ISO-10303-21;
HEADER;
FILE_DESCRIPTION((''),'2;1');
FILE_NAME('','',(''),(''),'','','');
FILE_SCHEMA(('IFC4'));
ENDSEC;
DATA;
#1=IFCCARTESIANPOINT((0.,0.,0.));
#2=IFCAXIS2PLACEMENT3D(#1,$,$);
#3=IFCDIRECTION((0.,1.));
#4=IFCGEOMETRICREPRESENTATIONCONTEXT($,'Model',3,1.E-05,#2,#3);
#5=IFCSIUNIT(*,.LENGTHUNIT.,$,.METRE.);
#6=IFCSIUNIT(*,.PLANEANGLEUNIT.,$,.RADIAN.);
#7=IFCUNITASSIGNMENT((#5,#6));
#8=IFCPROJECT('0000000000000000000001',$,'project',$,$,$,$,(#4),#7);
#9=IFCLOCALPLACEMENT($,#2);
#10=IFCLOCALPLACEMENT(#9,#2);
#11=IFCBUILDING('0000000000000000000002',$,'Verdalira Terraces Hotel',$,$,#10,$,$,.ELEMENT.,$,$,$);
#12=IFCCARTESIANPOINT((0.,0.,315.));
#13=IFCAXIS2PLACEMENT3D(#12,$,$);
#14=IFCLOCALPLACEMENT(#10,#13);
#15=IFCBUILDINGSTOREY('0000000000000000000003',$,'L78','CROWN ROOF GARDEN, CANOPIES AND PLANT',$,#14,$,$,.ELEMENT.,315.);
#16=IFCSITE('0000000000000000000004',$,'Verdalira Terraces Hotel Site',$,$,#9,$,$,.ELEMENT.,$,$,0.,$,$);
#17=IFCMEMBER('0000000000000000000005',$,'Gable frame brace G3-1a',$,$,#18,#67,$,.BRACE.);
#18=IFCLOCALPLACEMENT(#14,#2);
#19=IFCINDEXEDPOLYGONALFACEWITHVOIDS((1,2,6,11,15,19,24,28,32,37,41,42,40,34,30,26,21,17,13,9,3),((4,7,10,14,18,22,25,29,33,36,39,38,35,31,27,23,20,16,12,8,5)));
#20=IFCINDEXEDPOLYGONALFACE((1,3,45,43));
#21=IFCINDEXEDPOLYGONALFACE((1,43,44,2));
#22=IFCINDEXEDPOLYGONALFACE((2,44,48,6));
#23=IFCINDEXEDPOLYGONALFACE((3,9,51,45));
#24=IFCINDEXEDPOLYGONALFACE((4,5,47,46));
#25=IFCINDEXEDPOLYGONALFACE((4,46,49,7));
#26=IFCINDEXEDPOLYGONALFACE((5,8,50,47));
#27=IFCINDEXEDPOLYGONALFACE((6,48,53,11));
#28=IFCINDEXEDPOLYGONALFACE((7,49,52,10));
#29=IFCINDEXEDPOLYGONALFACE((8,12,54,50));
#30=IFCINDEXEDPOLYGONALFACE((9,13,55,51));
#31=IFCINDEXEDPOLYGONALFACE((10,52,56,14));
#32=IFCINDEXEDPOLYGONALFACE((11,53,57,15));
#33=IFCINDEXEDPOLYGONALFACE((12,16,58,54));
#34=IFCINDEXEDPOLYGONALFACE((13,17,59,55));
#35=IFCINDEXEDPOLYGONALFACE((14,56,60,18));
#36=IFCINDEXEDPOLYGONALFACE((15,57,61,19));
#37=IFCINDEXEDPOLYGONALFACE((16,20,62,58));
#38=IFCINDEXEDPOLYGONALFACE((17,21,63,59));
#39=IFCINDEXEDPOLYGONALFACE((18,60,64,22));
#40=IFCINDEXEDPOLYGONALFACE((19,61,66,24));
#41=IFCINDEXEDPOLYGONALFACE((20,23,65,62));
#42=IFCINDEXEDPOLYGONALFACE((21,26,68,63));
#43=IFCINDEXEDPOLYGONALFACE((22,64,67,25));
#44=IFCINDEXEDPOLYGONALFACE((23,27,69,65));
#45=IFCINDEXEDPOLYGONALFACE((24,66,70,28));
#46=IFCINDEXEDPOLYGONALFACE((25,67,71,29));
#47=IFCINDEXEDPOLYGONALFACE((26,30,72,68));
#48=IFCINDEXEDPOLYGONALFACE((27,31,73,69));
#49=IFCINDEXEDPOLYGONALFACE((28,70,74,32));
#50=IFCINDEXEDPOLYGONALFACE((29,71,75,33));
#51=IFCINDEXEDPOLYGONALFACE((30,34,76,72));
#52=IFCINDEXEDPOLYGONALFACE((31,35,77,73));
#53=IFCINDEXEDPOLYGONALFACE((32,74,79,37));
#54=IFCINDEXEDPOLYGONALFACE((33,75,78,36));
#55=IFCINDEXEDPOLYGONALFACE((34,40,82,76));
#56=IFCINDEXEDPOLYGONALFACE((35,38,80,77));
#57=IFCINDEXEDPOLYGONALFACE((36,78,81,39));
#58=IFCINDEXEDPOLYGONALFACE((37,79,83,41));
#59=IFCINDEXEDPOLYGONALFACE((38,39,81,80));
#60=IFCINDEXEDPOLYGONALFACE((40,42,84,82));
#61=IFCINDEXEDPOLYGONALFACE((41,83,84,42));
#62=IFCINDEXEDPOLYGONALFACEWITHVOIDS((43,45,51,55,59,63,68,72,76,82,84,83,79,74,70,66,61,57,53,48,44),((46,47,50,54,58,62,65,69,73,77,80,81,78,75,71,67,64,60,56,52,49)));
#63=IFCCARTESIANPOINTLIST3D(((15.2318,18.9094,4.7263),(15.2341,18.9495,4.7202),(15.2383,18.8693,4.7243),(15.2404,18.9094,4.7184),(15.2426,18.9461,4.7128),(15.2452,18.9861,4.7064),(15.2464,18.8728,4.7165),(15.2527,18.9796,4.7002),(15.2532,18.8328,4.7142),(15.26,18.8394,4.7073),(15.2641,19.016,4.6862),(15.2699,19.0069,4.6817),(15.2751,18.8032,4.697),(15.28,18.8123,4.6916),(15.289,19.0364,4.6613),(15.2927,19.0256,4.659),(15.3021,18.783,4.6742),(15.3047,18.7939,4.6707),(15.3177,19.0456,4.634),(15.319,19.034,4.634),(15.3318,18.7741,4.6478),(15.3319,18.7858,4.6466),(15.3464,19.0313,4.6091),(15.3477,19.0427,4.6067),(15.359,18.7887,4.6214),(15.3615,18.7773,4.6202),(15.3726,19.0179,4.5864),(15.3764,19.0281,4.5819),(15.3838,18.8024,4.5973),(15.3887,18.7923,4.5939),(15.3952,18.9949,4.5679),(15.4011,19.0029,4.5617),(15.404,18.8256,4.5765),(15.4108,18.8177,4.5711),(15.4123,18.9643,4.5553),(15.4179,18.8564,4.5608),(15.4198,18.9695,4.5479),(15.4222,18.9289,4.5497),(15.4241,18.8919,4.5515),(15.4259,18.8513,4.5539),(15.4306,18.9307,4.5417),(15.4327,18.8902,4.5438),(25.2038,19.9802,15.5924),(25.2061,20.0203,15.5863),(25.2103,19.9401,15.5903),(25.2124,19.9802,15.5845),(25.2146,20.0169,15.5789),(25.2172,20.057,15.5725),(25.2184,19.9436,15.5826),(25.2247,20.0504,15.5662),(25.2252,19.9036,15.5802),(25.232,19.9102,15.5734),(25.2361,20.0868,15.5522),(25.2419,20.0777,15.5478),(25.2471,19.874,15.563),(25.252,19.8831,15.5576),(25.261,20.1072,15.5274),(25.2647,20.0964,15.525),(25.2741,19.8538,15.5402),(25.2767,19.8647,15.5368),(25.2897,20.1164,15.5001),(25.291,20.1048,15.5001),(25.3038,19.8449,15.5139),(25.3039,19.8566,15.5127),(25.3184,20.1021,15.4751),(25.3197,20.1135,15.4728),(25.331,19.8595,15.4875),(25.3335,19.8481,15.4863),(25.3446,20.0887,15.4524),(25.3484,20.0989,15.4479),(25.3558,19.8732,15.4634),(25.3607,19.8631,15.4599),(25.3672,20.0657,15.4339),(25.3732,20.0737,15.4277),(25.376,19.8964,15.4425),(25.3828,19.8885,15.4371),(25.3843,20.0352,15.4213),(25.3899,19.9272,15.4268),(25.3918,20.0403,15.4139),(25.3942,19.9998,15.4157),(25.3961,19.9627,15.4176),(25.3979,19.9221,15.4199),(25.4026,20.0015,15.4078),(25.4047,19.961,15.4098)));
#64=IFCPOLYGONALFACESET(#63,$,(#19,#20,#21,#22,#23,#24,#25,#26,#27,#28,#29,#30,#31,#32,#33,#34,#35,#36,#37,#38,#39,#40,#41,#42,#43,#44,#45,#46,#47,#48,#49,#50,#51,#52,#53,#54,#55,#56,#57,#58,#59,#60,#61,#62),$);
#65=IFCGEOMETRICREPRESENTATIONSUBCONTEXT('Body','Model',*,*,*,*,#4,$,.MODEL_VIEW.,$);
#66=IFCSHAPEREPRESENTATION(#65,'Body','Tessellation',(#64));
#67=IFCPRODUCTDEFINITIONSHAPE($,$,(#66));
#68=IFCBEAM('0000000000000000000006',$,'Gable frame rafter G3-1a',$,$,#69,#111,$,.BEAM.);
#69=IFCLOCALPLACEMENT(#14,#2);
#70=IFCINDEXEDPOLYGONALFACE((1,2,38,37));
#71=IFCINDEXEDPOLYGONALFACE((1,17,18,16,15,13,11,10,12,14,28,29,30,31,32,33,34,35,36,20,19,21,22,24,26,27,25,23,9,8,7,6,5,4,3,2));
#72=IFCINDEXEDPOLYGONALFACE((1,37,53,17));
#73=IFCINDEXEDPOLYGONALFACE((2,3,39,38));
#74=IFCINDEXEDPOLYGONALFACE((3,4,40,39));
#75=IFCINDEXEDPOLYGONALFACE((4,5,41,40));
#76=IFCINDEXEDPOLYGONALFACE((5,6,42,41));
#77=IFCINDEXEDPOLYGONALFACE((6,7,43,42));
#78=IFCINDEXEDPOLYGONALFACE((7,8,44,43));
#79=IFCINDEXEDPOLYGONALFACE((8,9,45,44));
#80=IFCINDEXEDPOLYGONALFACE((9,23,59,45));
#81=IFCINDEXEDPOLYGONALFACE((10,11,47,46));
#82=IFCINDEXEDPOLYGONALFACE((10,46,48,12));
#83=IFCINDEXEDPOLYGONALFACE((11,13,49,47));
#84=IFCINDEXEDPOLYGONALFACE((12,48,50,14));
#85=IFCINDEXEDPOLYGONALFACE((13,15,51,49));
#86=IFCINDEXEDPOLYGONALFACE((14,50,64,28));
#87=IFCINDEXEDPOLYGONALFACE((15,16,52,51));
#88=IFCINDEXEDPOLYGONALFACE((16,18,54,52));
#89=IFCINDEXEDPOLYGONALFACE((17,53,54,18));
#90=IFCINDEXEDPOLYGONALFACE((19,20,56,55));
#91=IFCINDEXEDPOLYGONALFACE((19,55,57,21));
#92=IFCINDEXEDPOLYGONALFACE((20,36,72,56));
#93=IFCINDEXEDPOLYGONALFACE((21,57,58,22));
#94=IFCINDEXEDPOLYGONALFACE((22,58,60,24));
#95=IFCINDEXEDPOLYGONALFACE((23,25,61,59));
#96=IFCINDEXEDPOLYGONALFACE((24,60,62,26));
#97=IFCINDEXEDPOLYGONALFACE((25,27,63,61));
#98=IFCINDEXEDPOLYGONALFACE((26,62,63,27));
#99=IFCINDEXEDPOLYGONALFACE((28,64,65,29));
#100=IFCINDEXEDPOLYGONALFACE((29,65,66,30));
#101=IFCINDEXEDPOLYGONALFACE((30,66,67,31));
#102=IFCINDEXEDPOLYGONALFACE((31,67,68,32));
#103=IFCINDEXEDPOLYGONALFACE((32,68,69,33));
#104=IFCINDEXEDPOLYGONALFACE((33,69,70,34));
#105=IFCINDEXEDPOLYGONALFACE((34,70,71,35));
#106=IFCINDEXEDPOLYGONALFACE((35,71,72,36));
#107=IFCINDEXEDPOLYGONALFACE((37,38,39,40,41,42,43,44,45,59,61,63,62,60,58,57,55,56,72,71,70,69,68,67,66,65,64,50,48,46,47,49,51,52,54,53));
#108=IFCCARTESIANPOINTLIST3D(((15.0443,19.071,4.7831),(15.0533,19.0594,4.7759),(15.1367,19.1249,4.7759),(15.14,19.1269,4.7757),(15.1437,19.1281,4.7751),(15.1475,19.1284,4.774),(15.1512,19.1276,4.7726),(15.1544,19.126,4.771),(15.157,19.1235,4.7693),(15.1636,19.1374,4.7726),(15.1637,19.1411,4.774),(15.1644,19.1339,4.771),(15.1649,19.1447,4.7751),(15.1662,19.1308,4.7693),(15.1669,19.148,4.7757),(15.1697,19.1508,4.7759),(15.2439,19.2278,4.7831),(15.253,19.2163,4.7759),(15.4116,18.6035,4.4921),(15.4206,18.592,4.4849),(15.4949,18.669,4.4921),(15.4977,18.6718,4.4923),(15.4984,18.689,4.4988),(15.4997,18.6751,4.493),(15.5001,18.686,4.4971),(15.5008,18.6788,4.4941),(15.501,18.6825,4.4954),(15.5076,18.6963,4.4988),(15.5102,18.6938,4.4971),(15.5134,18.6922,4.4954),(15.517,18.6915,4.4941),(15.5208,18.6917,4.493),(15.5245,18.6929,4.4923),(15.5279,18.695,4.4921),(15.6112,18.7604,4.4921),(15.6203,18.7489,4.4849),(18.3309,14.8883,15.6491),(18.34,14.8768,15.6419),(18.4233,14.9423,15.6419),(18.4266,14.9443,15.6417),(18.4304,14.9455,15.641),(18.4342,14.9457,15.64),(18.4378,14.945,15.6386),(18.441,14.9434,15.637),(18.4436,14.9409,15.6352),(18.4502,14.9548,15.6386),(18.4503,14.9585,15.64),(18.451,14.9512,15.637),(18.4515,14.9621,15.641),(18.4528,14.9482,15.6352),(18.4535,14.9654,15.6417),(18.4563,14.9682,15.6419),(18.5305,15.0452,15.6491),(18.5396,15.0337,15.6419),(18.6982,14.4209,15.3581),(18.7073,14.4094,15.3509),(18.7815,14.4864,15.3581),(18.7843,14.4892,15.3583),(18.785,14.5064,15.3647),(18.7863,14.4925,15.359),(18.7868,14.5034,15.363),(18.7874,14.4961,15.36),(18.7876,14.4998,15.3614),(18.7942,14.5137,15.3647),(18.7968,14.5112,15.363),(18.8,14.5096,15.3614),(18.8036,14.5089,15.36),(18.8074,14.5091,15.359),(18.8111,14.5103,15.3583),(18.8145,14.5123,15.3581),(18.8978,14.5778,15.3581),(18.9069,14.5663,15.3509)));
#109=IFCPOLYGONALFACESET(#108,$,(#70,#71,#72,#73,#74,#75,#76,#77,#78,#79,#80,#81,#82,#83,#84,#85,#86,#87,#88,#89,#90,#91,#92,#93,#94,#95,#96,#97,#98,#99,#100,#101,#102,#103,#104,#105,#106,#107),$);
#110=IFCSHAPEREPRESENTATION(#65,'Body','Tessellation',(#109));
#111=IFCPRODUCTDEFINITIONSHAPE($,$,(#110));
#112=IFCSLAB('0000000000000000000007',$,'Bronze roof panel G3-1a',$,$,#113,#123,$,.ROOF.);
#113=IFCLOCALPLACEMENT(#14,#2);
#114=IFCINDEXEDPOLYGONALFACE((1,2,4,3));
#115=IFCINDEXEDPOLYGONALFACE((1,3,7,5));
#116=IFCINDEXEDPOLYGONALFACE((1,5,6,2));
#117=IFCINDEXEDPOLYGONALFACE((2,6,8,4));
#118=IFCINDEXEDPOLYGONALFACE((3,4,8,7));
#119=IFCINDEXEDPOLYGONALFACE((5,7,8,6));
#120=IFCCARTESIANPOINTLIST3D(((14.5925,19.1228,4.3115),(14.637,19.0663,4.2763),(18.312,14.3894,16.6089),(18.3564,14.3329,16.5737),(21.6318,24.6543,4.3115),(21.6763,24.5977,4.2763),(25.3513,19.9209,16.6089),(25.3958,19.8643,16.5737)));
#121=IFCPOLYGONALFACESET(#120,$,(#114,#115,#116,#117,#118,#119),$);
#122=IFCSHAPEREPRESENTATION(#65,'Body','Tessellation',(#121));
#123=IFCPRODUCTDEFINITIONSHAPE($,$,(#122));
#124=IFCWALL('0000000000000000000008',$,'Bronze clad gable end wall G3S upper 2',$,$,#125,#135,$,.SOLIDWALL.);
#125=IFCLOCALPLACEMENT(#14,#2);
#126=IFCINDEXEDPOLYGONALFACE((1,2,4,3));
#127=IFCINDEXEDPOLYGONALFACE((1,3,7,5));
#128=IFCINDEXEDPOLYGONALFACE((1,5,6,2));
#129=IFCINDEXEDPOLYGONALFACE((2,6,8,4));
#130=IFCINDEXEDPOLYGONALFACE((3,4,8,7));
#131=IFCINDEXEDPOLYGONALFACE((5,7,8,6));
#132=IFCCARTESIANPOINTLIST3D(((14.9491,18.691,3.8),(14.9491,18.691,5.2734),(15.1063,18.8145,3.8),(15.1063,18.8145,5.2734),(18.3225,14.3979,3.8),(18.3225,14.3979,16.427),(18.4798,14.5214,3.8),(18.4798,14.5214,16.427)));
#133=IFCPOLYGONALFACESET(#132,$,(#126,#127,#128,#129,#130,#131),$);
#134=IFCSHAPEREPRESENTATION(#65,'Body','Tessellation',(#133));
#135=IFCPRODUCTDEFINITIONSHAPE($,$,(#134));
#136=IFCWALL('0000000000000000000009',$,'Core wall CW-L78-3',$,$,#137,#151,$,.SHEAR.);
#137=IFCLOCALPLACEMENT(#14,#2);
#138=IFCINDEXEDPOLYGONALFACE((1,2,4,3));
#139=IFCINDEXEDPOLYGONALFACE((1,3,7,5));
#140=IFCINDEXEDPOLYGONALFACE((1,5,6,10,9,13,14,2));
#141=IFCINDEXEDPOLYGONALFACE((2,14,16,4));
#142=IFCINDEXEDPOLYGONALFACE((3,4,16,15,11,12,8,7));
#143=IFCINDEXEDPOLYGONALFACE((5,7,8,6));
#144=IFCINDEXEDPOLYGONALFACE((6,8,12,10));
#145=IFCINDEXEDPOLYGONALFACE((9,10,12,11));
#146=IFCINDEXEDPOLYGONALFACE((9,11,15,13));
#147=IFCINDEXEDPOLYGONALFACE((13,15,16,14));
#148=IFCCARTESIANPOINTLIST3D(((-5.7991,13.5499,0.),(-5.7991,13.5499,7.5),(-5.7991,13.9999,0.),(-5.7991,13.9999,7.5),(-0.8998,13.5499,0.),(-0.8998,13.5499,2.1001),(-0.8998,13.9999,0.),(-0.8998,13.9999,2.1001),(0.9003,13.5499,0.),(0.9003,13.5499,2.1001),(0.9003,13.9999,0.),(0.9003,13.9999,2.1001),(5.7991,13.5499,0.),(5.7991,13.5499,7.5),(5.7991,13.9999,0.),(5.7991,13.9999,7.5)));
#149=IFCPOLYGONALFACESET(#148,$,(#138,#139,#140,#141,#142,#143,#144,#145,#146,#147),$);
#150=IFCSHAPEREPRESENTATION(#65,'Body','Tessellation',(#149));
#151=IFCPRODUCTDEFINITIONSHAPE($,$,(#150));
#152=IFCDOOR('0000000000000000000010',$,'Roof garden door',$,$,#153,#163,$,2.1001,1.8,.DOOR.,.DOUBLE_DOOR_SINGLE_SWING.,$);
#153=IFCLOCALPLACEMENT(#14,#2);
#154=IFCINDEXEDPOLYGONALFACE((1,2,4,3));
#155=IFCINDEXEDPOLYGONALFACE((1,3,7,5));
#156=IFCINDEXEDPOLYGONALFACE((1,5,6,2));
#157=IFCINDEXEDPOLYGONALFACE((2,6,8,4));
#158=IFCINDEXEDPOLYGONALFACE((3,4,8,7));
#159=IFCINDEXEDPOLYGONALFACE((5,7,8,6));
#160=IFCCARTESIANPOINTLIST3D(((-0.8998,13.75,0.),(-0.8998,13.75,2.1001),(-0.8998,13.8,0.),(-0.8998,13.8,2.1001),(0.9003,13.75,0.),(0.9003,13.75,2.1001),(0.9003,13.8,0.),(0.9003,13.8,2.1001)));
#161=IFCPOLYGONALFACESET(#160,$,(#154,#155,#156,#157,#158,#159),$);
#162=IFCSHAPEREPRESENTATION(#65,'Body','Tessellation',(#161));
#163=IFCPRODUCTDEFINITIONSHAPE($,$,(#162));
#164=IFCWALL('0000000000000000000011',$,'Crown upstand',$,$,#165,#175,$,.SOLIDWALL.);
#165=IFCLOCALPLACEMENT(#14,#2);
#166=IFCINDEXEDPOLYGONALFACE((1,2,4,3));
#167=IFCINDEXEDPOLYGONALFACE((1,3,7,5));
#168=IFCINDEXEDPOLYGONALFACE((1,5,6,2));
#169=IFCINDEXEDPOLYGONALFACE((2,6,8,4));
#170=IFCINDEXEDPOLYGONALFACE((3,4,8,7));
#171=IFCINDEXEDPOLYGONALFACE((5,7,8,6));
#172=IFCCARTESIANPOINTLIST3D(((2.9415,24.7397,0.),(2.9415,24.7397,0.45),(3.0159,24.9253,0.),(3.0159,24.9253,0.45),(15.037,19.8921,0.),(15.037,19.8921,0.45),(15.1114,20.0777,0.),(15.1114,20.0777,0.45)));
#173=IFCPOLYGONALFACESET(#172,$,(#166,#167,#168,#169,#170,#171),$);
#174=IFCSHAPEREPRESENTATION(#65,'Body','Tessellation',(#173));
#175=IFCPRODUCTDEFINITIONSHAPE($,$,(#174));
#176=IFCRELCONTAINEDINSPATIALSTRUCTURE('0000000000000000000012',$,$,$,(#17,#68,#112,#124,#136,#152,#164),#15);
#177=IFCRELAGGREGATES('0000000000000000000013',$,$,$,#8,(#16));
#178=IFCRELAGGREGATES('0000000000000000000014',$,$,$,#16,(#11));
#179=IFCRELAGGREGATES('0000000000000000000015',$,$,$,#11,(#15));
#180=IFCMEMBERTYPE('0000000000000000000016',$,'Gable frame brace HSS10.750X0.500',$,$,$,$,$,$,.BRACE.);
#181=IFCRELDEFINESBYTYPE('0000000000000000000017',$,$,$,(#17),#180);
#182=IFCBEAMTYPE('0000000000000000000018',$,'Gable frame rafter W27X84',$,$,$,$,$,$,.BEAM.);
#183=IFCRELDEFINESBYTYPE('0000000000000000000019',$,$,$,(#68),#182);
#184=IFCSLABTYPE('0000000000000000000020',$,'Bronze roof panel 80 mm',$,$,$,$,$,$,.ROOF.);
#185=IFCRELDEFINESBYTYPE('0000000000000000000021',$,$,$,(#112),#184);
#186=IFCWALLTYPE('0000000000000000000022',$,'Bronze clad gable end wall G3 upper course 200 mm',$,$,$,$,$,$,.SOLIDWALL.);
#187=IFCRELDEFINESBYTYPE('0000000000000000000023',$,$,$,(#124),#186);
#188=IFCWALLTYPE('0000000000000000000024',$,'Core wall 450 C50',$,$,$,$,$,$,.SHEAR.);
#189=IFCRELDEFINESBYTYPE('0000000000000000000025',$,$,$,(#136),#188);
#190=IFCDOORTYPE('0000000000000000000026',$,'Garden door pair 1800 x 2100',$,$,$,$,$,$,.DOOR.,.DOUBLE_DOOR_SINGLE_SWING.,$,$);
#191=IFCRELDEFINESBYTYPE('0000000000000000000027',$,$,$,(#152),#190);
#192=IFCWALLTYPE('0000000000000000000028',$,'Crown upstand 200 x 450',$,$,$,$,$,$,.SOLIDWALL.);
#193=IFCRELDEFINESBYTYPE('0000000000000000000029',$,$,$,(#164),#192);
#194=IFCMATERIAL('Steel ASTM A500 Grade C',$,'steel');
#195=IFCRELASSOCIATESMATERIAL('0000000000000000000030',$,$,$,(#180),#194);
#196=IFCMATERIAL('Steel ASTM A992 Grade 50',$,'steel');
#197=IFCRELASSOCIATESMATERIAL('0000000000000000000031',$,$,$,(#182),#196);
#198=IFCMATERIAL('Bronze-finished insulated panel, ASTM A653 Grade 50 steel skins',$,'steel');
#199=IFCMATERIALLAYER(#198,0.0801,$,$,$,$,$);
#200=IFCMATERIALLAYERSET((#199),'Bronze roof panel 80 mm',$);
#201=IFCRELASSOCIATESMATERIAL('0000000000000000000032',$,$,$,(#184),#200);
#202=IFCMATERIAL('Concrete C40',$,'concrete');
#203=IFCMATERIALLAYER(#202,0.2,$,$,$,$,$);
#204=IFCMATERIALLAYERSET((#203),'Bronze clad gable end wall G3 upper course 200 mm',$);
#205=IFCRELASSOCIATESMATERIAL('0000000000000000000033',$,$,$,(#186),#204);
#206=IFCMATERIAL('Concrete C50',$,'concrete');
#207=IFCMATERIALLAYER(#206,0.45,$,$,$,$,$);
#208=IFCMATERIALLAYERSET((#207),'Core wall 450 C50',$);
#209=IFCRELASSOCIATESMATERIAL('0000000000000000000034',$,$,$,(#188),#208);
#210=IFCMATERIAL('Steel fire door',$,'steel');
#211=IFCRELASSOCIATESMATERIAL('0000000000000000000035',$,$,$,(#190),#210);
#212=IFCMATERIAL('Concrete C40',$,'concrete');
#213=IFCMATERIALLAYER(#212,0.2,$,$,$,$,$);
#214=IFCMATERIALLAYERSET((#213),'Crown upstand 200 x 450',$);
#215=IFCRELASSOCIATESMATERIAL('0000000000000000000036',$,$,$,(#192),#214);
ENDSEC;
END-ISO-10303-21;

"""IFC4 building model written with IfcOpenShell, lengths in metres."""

from ifc_helpers import new_model, si_unit, direction, frame, frame_2d, origin, origin_2d, place, context, subcontext, project, spatial, polyline, rectangle, hollow_circle, i_section, outline, extrude, material, layer, layer_set, material_profile, profile_set, type_object, element, fill, save


model = new_model("IFC4")

# Units and contexts
model_context = context("Model", 3, precision=1e-05, world=origin(), true_north=direction((0.0, 1.0)))
body_context = subcontext(model_context, "Body", "Model", "MODEL_VIEW")
ifc_project = project(units=[si_unit("LENGTHUNIT", "METRE"), si_unit("PLANEANGLEUNIT", "RADIAN")], contexts=[model_context])

# Site, building, storey
site_placement = place(None, origin())
site = spatial("IfcSite", under=ifc_project, at=site_placement, Name="Verdalira Terraces Hotel Site", CompositionType="ELEMENT", RefElevation=0.0)
building_placement = place(site_placement, origin())
building = spatial("IfcBuilding", under=site, at=building_placement, Name="Verdalira Terraces Hotel", CompositionType="ELEMENT")
storey_placement = place(building_placement, frame((0.0, 0.0, 315.0)))
storey = spatial("IfcBuildingStorey", under=building, at=storey_placement, Name="L78", Description="CROWN ROOF GARDEN, CANOPIES AND PLANT", CompositionType="ELEMENT", Elevation=315.0)

# Member
ifc_material_1 = material(Name="Steel ASTM A500 Grade C", Category="steel")
ifc_material_profile_1 = material_profile(ifc_material_1, hollow_circle(Radius=0.1365, WallThickness=0.0117, at=origin_2d()), Name="HSS10.750X0.500")
ifc_profile_set_1 = profile_set([ifc_material_profile_1], Name="Steel ASTM A500 Grade C")
member_type = type_object("IfcMemberType", Name="Gable frame brace HSS10.750X0.500", PredefinedType="BRACE", material=ifc_profile_set_1)
member_placement = place(storey_placement, frame((15.3323, 18.9099, 4.634), z_axis=(0.674371, 0.072415, 0.734833), x_axis=(-0.106768, 0.994284, 0.0)))
element("IfcMember", 1, at=member_placement, inside=storey, type_object=member_type, Name="Gable frame brace G3-1a", PredefinedType="BRACE", context=body_context, shape_type="SweptSolid", body=[
    extrude(hollow_circle(Radius=0.1365, WallThickness=0.0117, at=origin_2d()), origin(), (0.0, 0.0, 1.0), 14.7871),
])

# Beam
ifc_material_2 = material(Name="Steel ASTM A992 Grade 50", Category="steel")
ifc_material_profile_2 = material_profile(ifc_material_2, i_section(OverallWidth=0.2539, OverallDepth=0.6782, WebThickness=0.0117, FlangeThickness=0.0164, FilletRadius=0.0151, at=origin_2d()), Name="W27X84")
ifc_profile_set_2 = profile_set([ifc_material_profile_2], Name="Steel ASTM A992 Grade 50")
beam_type_1 = type_object("IfcBeamType", Name="Gable frame rafter W27X84", PredefinedType="BEAM", material=ifc_profile_set_2)
beam_1_placement = place(storey_placement, frame((15.3323, 18.9099, 4.634), z_axis=(0.271663, -0.345724, 0.898151), x_axis=(0.786293, 0.617854, 0.0)))
element("IfcBeam", 2, at=beam_1_placement, inside=storey, type_object=beam_type_1, Name="Gable frame rafter G3-1a", PredefinedType="BEAM", context=body_context, shape_type="SweptSolid", body=[
    extrude(i_section(OverallWidth=0.2539, OverallDepth=0.6782, WebThickness=0.0117, FlangeThickness=0.0164, FilletRadius=0.0151, at=origin_2d()), origin(), (0.0, 0.0, 1.0), 12.0981),
])

# Slab
ifc_material_3 = material(Name="Bronze-finished insulated panel, ASTM A653 Grade 50 steel skins", Category="steel")
ifc_layer_1 = layer(ifc_material_3, 0.0801)
ifc_layer_set_1 = layer_set([ifc_layer_1], Name="Bronze roof panel 80 mm")
slab_type = type_object("IfcSlabType", Name="Bronze roof panel 80 mm", PredefinedType="ROOF", material=ifc_layer_set_1)
slab_placement = place(storey_placement, frame((14.5925, 19.1228, 4.3115), z_axis=(-0.554939, 0.706207, 0.439675), x_axis=(0.786285, 0.617864, 0.0)))
element("IfcSlab", 3, at=slab_placement, inside=storey, type_object=slab_type, Name="Bronze roof panel G3-1a", PredefinedType="ROOF", context=body_context, shape_type="SweptSolid", body=[
    extrude(outline(polyline([(0.0, 0.0), (8.9526, 0.0), (8.9526, -13.6918), (0.0, -13.6918), (0.0, 0.0)])), origin(), (0.0, 0.0, -1.0), 0.0801),
])

# Wall
ifc_material_4 = material(Name="Concrete C40", Category="concrete")
ifc_layer_2 = layer(ifc_material_4, 0.2)
ifc_layer_set_2 = layer_set([ifc_layer_2], Name="Bronze clad gable end wall G3 upper course 200 mm")
wall_type_1 = type_object("IfcWallType", Name="Bronze clad gable end wall G3 upper course 200 mm", PredefinedType="SOLIDWALL", material=ifc_layer_set_2)
wall_1_placement = place(storey_placement, frame((15.0276, 18.7527, 3.8), z_axis=(0.0, 0.0, 1.0), x_axis=(0.617855, -0.786292, 0.0)))
element("IfcWall", 4, at=wall_1_placement, inside=storey, type_object=wall_type_1, Name="Bronze clad gable end wall G3S upper 2", PredefinedType="SOLIDWALL", context=body_context, shape_type="SweptSolid", body=[
    extrude(outline(polyline([(0.0, 0.0), (5.46, 0.0), (5.46, 12.627), (0.0, 1.4734), (0.0, 0.0)])), frame((0.0, 0.1001, 0.0), z_axis=(0.0, -1.0, 0.0), x_axis=(1.0, 0.0, 0.0)), (0.0, 0.0, 1.0), 0.2),
])

# Wall, opening, door
ifc_material_5 = material(Name="Concrete C50", Category="concrete")
ifc_layer_3 = layer(ifc_material_5, 0.45)
ifc_layer_set_3 = layer_set([ifc_layer_3], Name="Core wall 450 C50")
wall_type_2 = type_object("IfcWallType", Name="Core wall 450 C50", PredefinedType="SHEAR", material=ifc_layer_set_3)
wall_2_placement = place(storey_placement, frame((5.7991, 13.7749, 0.0), z_axis=(0.0, 0.0, 1.0), x_axis=(-1.0, 0.0, 0.0)))
wall_2 = element("IfcWall", 5, at=wall_2_placement, inside=storey, type_object=wall_type_2, Name="Core wall CW-L78-3", PredefinedType="SHEAR", context=body_context, shape_type="SweptSolid", body=[
    extrude(rectangle(XDim=11.5981, YDim=0.45, at=frame_2d((5.7991, 0.0))), origin(), (0.0, 0.0, 1.0), 7.5),
])
opening_1_placement = place(wall_2_placement, frame((4.8989, 0.0, 0.0)))
opening_1 = element("IfcOpeningElement", 6, at=opening_1_placement, cuts=wall_2, PredefinedType="OPENING", context=body_context, shape_type="SweptSolid", body=[
    extrude(rectangle(XDim=1.8, YDim=2.1001, at=frame_2d((0.8999, 1.05))), frame((0.0, 0.2349, 0.0), z_axis=(0.0, -1.0, 0.0), x_axis=(1.0, 0.0, 0.0)), (0.0, 0.0, 1.0), 0.47),
])
ifc_material_6 = material(Name="Steel fire door", Category="steel")
door_type = type_object("IfcDoorType", Name="Garden door pair 1800 x 2100", OperationType="DOUBLE_DOOR_SINGLE_SWING", PredefinedType="DOOR", material=ifc_material_6)
door_placement = place(opening_1_placement, origin())
door = element("IfcDoor", 7, at=door_placement, inside=storey, type_object=door_type, Name="Roof garden door", OperationType="DOUBLE_DOOR_SINGLE_SWING", OverallHeight=2.1001, OverallWidth=1.8, PredefinedType="DOOR", context=body_context, shape_type="SweptSolid", body=[
    extrude(rectangle(XDim=1.8, YDim=2.1001, at=frame_2d((0.8999, 1.05))), frame((0.0, 0.0249, 0.0), z_axis=(0.0, -1.0, 0.0), x_axis=(1.0, 0.0, 0.0)), (0.0, 0.0, 1.0), 0.05),
])
fill(opening_1, door)

# Wall
ifc_material_7 = material(Name="Concrete C40", Category="concrete")
ifc_layer_4 = layer(ifc_material_7, 0.2)
ifc_layer_set_4 = layer_set([ifc_layer_4], Name="Crown upstand 200 x 450")
wall_type_3 = type_object("IfcWallType", Name="Crown upstand 200 x 450", PredefinedType="SOLIDWALL", material=ifc_layer_set_4)
wall_3_placement = place(storey_placement, frame((15.0742, 19.9849, 0.0), z_axis=(0.0, 0.0, 1.0), x_axis=(-0.928226, 0.372017, 0.0)))
element("IfcWall", 8, at=wall_3_placement, inside=storey, type_object=wall_type_3, Name="Crown upstand", PredefinedType="SOLIDWALL", context=body_context, shape_type="SweptSolid", body=[
    extrude(rectangle(XDim=13.0308, YDim=0.2, at=frame_2d((6.5154, 0.0))), origin(), (0.0, 0.0, 1.0), 0.45),
])

save(model, "model.ifc")
